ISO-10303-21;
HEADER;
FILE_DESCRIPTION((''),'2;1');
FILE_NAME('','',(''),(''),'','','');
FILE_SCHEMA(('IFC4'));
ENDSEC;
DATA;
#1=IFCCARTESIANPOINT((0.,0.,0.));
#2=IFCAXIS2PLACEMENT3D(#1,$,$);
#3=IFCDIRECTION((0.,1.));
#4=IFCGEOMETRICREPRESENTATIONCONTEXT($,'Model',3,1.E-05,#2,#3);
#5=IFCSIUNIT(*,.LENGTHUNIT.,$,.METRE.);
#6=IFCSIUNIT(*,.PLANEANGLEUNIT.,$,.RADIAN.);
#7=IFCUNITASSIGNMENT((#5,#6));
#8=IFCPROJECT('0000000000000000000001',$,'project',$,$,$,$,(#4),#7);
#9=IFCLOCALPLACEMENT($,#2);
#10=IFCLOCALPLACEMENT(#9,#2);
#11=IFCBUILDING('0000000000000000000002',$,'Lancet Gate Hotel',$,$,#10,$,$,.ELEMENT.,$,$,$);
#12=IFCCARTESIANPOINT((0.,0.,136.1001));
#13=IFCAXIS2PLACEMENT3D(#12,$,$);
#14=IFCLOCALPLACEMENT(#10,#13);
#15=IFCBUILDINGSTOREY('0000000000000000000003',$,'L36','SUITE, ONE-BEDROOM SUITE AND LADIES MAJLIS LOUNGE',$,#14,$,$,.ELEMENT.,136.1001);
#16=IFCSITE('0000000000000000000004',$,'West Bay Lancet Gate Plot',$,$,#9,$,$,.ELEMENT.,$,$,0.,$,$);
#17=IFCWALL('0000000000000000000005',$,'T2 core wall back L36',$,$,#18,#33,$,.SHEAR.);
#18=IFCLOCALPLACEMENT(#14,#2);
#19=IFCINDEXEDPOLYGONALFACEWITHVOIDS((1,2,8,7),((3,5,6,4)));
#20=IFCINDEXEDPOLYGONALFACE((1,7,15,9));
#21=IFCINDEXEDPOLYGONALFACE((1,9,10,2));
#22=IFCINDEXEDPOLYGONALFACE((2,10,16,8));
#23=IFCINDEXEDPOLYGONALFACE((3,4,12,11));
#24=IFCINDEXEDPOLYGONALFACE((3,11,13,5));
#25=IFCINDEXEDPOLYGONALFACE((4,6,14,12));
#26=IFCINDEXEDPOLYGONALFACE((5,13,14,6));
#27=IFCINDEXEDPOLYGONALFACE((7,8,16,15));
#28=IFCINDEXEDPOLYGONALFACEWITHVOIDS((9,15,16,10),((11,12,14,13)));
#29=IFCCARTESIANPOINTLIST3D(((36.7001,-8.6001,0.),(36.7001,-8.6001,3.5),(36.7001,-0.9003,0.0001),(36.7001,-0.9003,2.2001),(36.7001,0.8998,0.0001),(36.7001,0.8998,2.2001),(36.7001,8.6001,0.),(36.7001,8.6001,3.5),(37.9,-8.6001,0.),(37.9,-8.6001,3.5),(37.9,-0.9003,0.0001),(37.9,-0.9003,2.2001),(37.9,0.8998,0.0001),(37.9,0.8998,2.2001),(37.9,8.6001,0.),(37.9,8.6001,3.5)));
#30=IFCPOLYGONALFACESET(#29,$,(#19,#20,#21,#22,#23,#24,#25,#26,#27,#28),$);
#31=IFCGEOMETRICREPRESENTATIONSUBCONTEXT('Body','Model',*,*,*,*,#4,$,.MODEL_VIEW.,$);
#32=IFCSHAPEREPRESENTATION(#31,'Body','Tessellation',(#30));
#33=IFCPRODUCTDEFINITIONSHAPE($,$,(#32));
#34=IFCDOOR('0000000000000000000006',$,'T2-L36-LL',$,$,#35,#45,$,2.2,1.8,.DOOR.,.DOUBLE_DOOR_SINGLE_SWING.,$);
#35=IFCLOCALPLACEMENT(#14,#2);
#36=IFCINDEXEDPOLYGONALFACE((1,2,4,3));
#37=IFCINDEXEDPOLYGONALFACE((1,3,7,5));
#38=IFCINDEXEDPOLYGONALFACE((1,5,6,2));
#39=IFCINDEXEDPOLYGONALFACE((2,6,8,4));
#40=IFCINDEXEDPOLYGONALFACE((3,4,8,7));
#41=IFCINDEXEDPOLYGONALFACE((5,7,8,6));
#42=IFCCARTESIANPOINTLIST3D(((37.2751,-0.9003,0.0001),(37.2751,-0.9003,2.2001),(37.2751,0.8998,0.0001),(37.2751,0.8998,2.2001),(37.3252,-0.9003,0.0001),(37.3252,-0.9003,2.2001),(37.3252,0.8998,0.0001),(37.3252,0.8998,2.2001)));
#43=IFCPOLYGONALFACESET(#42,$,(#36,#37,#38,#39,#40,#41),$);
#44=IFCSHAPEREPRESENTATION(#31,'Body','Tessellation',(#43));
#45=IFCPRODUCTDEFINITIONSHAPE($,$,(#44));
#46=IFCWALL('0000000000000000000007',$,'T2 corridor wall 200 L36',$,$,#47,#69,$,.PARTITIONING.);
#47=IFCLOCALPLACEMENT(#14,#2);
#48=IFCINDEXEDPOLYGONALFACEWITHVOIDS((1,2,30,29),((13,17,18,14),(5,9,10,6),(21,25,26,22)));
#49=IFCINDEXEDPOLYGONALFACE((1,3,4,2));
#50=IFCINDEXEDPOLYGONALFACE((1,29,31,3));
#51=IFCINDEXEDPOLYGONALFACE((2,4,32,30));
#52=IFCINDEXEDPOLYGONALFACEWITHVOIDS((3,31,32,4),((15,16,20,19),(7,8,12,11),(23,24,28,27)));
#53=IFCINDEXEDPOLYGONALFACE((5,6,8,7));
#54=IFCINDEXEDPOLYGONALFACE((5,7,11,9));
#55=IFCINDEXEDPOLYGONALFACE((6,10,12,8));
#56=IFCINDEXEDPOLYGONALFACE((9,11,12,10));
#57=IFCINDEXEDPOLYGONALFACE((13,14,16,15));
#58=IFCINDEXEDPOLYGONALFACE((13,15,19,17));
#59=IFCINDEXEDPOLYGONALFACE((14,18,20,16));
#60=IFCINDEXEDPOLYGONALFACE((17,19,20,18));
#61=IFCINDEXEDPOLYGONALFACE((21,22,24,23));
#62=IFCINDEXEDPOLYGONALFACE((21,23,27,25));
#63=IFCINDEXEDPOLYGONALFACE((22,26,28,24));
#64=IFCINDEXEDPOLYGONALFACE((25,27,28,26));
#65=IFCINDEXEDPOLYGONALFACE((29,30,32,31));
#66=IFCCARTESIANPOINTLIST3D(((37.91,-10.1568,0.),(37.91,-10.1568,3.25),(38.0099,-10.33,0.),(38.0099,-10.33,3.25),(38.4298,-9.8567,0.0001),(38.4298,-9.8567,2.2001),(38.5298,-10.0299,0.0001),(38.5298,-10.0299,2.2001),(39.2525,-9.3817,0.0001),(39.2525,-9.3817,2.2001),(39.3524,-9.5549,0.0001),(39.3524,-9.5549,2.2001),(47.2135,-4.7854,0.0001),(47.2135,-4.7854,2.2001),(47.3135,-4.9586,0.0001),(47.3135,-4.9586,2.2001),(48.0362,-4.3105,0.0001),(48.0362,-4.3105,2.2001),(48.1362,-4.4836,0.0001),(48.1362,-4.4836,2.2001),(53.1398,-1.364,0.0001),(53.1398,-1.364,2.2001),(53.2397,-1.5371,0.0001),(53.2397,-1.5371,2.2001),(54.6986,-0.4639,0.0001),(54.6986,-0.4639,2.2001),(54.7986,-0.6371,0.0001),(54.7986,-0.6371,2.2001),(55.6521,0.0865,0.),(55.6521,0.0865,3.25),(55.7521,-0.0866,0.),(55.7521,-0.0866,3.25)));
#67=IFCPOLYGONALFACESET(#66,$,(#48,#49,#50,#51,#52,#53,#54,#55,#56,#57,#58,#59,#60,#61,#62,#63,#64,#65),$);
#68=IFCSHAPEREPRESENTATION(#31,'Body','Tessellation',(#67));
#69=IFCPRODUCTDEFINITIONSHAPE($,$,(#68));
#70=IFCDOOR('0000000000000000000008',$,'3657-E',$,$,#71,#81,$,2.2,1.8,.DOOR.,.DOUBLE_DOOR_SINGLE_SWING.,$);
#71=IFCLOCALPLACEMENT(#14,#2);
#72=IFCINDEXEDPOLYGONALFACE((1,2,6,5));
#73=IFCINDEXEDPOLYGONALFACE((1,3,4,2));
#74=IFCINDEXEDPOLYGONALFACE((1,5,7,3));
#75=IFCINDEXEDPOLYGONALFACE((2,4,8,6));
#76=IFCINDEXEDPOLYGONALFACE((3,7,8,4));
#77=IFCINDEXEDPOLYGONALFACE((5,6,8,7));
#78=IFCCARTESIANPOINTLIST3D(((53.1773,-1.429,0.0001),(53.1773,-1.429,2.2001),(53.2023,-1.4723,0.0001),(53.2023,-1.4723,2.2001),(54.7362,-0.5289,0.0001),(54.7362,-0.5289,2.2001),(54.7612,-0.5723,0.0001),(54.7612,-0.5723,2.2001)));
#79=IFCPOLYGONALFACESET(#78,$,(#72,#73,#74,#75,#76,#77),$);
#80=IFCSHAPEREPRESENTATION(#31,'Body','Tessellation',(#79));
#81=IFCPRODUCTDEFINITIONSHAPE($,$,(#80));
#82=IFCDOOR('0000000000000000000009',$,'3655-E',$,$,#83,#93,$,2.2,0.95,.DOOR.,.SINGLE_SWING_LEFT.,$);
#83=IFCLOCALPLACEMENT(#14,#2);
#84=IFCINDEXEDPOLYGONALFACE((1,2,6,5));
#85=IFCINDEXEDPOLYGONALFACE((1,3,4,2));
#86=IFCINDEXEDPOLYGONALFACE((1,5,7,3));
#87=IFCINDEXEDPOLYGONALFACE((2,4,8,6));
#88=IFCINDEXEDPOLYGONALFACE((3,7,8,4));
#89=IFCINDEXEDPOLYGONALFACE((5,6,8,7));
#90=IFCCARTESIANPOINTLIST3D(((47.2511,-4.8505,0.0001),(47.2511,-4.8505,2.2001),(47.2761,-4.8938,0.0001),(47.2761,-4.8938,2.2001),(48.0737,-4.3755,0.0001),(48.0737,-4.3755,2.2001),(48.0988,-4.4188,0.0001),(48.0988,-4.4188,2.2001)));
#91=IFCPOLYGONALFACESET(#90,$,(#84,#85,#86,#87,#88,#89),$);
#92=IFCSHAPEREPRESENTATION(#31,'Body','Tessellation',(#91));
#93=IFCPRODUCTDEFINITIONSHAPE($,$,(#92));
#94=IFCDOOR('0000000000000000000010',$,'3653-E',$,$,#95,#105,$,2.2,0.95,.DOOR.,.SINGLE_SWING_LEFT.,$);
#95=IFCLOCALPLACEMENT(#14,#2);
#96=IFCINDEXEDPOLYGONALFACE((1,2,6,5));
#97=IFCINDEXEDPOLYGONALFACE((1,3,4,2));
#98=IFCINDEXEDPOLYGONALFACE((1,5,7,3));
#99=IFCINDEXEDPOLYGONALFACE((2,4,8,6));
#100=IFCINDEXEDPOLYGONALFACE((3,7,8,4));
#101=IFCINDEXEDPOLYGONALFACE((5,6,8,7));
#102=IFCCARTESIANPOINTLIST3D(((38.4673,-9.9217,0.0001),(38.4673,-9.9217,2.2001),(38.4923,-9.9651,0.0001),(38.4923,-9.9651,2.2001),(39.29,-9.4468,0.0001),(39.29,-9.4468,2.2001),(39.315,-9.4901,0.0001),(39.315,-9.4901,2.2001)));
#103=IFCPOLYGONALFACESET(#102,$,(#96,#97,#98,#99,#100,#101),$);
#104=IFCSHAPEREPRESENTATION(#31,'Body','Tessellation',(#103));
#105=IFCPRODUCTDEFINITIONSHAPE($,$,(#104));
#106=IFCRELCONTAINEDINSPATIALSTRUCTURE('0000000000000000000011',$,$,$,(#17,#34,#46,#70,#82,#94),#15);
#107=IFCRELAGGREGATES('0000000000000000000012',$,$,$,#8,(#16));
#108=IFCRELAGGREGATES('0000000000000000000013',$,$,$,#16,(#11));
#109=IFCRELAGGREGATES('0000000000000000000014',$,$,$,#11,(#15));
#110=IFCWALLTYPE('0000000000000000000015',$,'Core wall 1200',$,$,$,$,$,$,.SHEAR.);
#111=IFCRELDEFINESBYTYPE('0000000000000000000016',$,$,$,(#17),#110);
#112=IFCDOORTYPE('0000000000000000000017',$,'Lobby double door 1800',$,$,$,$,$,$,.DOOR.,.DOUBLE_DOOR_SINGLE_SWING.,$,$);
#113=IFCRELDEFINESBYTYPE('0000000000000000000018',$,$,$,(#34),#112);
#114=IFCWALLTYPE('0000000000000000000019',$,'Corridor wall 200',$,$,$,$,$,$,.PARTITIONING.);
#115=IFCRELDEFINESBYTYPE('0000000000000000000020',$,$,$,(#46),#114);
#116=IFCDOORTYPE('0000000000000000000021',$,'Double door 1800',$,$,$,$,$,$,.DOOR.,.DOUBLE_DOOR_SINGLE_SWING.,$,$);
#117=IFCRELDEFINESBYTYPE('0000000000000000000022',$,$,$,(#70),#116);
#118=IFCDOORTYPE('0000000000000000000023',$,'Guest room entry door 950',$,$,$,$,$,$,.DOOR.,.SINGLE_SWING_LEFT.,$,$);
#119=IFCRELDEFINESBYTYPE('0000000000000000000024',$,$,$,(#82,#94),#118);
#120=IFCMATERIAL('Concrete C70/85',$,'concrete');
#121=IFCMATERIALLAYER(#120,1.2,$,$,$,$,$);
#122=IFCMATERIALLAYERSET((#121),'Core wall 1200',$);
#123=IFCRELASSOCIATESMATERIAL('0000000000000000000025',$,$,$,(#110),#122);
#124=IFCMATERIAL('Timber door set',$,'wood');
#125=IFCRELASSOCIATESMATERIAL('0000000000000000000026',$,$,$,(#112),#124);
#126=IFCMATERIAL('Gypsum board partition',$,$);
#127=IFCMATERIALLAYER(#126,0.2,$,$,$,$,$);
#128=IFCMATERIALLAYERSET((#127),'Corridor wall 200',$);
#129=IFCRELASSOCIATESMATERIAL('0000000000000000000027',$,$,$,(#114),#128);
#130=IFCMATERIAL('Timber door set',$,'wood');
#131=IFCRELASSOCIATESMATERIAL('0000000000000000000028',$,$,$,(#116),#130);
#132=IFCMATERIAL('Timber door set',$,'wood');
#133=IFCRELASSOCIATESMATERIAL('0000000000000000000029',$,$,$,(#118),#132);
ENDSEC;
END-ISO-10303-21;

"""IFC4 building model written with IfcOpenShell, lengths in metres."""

from ifc_helpers import new_model, si_unit, direction, frame, frame_2d, origin, place, context, subcontext, project, spatial, rectangle, extrude, material, layer, layer_set, type_object, element, fill, save


model = new_model("IFC4")

# Units and contexts
model_context = context("Model", 3, precision=1e-05, world=origin(), true_north=direction((0.0, 1.0)))
body_context = subcontext(model_context, "Body", "Model", "MODEL_VIEW")
ifc_project = project(units=[si_unit("LENGTHUNIT", "METRE"), si_unit("PLANEANGLEUNIT", "RADIAN")], contexts=[model_context])

# Site, building, storey
site_placement = place(None, origin())
site = spatial("IfcSite", under=ifc_project, at=site_placement, Name="West Bay Lancet Gate Plot", CompositionType="ELEMENT", RefElevation=0.0)
building_placement = place(site_placement, origin())
building = spatial("IfcBuilding", under=site, at=building_placement, Name="Lancet Gate Hotel", CompositionType="ELEMENT")
storey_placement = place(building_placement, frame((0.0, 0.0, 136.1001)))
storey = spatial("IfcBuildingStorey", under=building, at=storey_placement, Name="L36", Description="SUITE, ONE-BEDROOM SUITE AND LADIES MAJLIS LOUNGE", CompositionType="ELEMENT", Elevation=136.1001)

# Wall, opening, door
ifc_material_1 = material(Name="Concrete C70/85", Category="concrete")
ifc_layer_1 = layer(ifc_material_1, 1.2)
ifc_layer_set_1 = layer_set([ifc_layer_1], Name="Core wall 1200")
wall_type_1 = type_object("IfcWallType", Name="Core wall 1200", PredefinedType="SHEAR", material=ifc_layer_set_1)
wall_1_placement = place(storey_placement, frame((37.3, -8.6001, 0.0), z_axis=(0.0, 0.0, 1.0), x_axis=(0.0, 1.0, 0.0)))
wall_1 = element("IfcWall", 1, at=wall_1_placement, inside=storey, type_object=wall_type_1, Name="T2 core wall back L36", PredefinedType="SHEAR", context=body_context, shape_type="SweptSolid", body=[
    extrude(rectangle(XDim=17.2002, YDim=1.2, at=frame_2d((8.6001, 0.0))), origin(), (0.0, 0.0, 1.0), 3.5),
])
opening_1_placement = place(wall_1_placement, frame((7.7, 0.0, 0.0)))
opening_1 = element("IfcOpeningElement", 2, at=opening_1_placement, cuts=wall_1, PredefinedType="OPENING", context=body_context, shape_type="SweptSolid", body=[
    extrude(rectangle(XDim=1.8, YDim=2.2, at=frame_2d((0.8999, 1.1001))), frame((0.0, 0.6099, 0.0), z_axis=(0.0, -1.0, 0.0), x_axis=(1.0, 0.0, 0.0)), (0.0, 0.0, 1.0), 1.22),
])
ifc_material_2 = material(Name="Timber door set", Category="wood")
door_type_1 = type_object("IfcDoorType", Name="Lobby double door 1800", OperationType="DOUBLE_DOOR_SINGLE_SWING", PredefinedType="DOOR", material=ifc_material_2)
door_1_placement = place(opening_1_placement, origin())
door_1 = element("IfcDoor", 3, at=door_1_placement, inside=storey, type_object=door_type_1, Name="T2-L36-LL", OperationType="DOUBLE_DOOR_SINGLE_SWING", OverallHeight=2.2, OverallWidth=1.8, PredefinedType="DOOR", context=body_context, shape_type="SweptSolid", body=[
    extrude(rectangle(XDim=1.8, YDim=2.2, at=frame_2d((0.8999, 1.1001))), frame((0.0, 0.0249, 0.0), z_axis=(0.0, -1.0, 0.0), x_axis=(1.0, 0.0, 0.0)), (0.0, 0.0, 1.0), 0.05),
])
fill(opening_1, door_1)

# Wall, openings, doors
ifc_material_3 = material(Name="Gypsum board partition")
ifc_layer_2 = layer(ifc_material_3, 0.2)
ifc_layer_set_2 = layer_set([ifc_layer_2], Name="Corridor wall 200")
wall_type_2 = type_object("IfcWallType", Name="Corridor wall 200", PredefinedType="PARTITIONING", material=ifc_layer_set_2)
wall_2_placement = place(storey_placement, frame((37.96, -10.2434, 0.0), z_axis=(0.0, 0.0, 1.0), x_axis=(0.866026, 0.499998, 0.0)))
wall_2 = element("IfcWall", 4, at=wall_2_placement, inside=storey, type_object=wall_type_2, Name="T2 corridor wall 200 L36", PredefinedType="PARTITIONING", context=body_context, shape_type="SweptSolid", body=[
    extrude(rectangle(XDim=20.4868, YDim=0.2, at=frame_2d((10.2434, 0.0))), origin(), (0.0, 0.0, 1.0), 3.25),
])
opening_2_placement = place(wall_2_placement, frame((10.7427, 0.0, 0.0)))
opening_2 = element("IfcOpeningElement", 5, at=opening_2_placement, cuts=wall_2, PredefinedType="OPENING", context=body_context, shape_type="SweptSolid", body=[
    extrude(rectangle(XDim=0.95, YDim=2.2, at=frame_2d((0.4751, 1.1001))), frame((0.0, 0.1099, 0.0), z_axis=(0.0, -1.0, 0.0), x_axis=(1.0, 0.0, 0.0)), (0.0, 0.0, 1.0), 0.22),
])
opening_3_placement = place(wall_2_placement, frame((17.5859, 0.0, 0.0)))
opening_3 = element("IfcOpeningElement", 6, at=opening_3_placement, cuts=wall_2, PredefinedType="OPENING", context=body_context, shape_type="SweptSolid", body=[
    extrude(rectangle(XDim=1.8, YDim=2.2, at=frame_2d((0.8999, 1.1001))), frame((0.0, 0.1099, 0.0), z_axis=(0.0, -1.0, 0.0), x_axis=(1.0, 0.0, 0.0)), (0.0, 0.0, 1.0), 0.22),
])
opening_4_placement = place(wall_2_placement, frame((0.6001, 0.0, 0.0)))
opening_4 = element("IfcOpeningElement", 7, at=opening_4_placement, cuts=wall_2, PredefinedType="OPENING", context=body_context, shape_type="SweptSolid", body=[
    extrude(rectangle(XDim=0.95, YDim=2.2, at=frame_2d((0.4751, 1.1001))), frame((0.0, 0.1099, 0.0), z_axis=(0.0, -1.0, 0.0), x_axis=(1.0, 0.0, 0.0)), (0.0, 0.0, 1.0), 0.22),
])
ifc_material_4 = material(Name="Timber door set", Category="wood")
door_type_2 = type_object("IfcDoorType", Name="Double door 1800", OperationType="DOUBLE_DOOR_SINGLE_SWING", PredefinedType="DOOR", material=ifc_material_4)
door_2_placement = place(opening_3_placement, origin())
door_2 = element("IfcDoor", 8, at=door_2_placement, inside=storey, type_object=door_type_2, Name="3657-E", OperationType="DOUBLE_DOOR_SINGLE_SWING", OverallHeight=2.2, OverallWidth=1.8, PredefinedType="DOOR", context=body_context, shape_type="SweptSolid", body=[
    extrude(rectangle(XDim=1.8, YDim=2.2, at=frame_2d((0.8999, 1.1001))), frame((0.0, 0.0249, 0.0), z_axis=(0.0, -1.0, 0.0), x_axis=(1.0, 0.0, 0.0)), (0.0, 0.0, 1.0), 0.05),
])
fill(opening_3, door_2)
ifc_material_5 = material(Name="Timber door set", Category="wood")
door_type_3 = type_object("IfcDoorType", Name="Guest room entry door 950", OperationType="SINGLE_SWING_LEFT", PredefinedType="DOOR", material=ifc_material_5)
door_3_placement = place(opening_2_placement, origin())
door_3 = element("IfcDoor", 9, at=door_3_placement, inside=storey, type_object=door_type_3, Name="3655-E", OperationType="SINGLE_SWING_LEFT", OverallHeight=2.2, OverallWidth=0.95, PredefinedType="DOOR", context=body_context, shape_type="SweptSolid", body=[
    extrude(rectangle(XDim=0.95, YDim=2.2, at=frame_2d((0.4751, 1.1001))), frame((0.0, 0.0249, 0.0), z_axis=(0.0, -1.0, 0.0), x_axis=(1.0, 0.0, 0.0)), (0.0, 0.0, 1.0), 0.05),
])
fill(opening_2, door_3)
door_4_placement = place(opening_4_placement, origin())
door_4 = element("IfcDoor", 10, at=door_4_placement, inside=storey, type_object=door_type_3, Name="3653-E", OperationType="SINGLE_SWING_LEFT", OverallHeight=2.2, OverallWidth=0.95, PredefinedType="DOOR", context=body_context, shape_type="SweptSolid", body=[
    extrude(rectangle(XDim=0.95, YDim=2.2, at=frame_2d((0.4751, 1.1001))), frame((0.0, 0.0249, 0.0), z_axis=(0.0, -1.0, 0.0), x_axis=(1.0, 0.0, 0.0)), (0.0, 0.0, 1.0), 0.05),
])
fill(opening_4, door_4)

save(model, "model.ifc")
